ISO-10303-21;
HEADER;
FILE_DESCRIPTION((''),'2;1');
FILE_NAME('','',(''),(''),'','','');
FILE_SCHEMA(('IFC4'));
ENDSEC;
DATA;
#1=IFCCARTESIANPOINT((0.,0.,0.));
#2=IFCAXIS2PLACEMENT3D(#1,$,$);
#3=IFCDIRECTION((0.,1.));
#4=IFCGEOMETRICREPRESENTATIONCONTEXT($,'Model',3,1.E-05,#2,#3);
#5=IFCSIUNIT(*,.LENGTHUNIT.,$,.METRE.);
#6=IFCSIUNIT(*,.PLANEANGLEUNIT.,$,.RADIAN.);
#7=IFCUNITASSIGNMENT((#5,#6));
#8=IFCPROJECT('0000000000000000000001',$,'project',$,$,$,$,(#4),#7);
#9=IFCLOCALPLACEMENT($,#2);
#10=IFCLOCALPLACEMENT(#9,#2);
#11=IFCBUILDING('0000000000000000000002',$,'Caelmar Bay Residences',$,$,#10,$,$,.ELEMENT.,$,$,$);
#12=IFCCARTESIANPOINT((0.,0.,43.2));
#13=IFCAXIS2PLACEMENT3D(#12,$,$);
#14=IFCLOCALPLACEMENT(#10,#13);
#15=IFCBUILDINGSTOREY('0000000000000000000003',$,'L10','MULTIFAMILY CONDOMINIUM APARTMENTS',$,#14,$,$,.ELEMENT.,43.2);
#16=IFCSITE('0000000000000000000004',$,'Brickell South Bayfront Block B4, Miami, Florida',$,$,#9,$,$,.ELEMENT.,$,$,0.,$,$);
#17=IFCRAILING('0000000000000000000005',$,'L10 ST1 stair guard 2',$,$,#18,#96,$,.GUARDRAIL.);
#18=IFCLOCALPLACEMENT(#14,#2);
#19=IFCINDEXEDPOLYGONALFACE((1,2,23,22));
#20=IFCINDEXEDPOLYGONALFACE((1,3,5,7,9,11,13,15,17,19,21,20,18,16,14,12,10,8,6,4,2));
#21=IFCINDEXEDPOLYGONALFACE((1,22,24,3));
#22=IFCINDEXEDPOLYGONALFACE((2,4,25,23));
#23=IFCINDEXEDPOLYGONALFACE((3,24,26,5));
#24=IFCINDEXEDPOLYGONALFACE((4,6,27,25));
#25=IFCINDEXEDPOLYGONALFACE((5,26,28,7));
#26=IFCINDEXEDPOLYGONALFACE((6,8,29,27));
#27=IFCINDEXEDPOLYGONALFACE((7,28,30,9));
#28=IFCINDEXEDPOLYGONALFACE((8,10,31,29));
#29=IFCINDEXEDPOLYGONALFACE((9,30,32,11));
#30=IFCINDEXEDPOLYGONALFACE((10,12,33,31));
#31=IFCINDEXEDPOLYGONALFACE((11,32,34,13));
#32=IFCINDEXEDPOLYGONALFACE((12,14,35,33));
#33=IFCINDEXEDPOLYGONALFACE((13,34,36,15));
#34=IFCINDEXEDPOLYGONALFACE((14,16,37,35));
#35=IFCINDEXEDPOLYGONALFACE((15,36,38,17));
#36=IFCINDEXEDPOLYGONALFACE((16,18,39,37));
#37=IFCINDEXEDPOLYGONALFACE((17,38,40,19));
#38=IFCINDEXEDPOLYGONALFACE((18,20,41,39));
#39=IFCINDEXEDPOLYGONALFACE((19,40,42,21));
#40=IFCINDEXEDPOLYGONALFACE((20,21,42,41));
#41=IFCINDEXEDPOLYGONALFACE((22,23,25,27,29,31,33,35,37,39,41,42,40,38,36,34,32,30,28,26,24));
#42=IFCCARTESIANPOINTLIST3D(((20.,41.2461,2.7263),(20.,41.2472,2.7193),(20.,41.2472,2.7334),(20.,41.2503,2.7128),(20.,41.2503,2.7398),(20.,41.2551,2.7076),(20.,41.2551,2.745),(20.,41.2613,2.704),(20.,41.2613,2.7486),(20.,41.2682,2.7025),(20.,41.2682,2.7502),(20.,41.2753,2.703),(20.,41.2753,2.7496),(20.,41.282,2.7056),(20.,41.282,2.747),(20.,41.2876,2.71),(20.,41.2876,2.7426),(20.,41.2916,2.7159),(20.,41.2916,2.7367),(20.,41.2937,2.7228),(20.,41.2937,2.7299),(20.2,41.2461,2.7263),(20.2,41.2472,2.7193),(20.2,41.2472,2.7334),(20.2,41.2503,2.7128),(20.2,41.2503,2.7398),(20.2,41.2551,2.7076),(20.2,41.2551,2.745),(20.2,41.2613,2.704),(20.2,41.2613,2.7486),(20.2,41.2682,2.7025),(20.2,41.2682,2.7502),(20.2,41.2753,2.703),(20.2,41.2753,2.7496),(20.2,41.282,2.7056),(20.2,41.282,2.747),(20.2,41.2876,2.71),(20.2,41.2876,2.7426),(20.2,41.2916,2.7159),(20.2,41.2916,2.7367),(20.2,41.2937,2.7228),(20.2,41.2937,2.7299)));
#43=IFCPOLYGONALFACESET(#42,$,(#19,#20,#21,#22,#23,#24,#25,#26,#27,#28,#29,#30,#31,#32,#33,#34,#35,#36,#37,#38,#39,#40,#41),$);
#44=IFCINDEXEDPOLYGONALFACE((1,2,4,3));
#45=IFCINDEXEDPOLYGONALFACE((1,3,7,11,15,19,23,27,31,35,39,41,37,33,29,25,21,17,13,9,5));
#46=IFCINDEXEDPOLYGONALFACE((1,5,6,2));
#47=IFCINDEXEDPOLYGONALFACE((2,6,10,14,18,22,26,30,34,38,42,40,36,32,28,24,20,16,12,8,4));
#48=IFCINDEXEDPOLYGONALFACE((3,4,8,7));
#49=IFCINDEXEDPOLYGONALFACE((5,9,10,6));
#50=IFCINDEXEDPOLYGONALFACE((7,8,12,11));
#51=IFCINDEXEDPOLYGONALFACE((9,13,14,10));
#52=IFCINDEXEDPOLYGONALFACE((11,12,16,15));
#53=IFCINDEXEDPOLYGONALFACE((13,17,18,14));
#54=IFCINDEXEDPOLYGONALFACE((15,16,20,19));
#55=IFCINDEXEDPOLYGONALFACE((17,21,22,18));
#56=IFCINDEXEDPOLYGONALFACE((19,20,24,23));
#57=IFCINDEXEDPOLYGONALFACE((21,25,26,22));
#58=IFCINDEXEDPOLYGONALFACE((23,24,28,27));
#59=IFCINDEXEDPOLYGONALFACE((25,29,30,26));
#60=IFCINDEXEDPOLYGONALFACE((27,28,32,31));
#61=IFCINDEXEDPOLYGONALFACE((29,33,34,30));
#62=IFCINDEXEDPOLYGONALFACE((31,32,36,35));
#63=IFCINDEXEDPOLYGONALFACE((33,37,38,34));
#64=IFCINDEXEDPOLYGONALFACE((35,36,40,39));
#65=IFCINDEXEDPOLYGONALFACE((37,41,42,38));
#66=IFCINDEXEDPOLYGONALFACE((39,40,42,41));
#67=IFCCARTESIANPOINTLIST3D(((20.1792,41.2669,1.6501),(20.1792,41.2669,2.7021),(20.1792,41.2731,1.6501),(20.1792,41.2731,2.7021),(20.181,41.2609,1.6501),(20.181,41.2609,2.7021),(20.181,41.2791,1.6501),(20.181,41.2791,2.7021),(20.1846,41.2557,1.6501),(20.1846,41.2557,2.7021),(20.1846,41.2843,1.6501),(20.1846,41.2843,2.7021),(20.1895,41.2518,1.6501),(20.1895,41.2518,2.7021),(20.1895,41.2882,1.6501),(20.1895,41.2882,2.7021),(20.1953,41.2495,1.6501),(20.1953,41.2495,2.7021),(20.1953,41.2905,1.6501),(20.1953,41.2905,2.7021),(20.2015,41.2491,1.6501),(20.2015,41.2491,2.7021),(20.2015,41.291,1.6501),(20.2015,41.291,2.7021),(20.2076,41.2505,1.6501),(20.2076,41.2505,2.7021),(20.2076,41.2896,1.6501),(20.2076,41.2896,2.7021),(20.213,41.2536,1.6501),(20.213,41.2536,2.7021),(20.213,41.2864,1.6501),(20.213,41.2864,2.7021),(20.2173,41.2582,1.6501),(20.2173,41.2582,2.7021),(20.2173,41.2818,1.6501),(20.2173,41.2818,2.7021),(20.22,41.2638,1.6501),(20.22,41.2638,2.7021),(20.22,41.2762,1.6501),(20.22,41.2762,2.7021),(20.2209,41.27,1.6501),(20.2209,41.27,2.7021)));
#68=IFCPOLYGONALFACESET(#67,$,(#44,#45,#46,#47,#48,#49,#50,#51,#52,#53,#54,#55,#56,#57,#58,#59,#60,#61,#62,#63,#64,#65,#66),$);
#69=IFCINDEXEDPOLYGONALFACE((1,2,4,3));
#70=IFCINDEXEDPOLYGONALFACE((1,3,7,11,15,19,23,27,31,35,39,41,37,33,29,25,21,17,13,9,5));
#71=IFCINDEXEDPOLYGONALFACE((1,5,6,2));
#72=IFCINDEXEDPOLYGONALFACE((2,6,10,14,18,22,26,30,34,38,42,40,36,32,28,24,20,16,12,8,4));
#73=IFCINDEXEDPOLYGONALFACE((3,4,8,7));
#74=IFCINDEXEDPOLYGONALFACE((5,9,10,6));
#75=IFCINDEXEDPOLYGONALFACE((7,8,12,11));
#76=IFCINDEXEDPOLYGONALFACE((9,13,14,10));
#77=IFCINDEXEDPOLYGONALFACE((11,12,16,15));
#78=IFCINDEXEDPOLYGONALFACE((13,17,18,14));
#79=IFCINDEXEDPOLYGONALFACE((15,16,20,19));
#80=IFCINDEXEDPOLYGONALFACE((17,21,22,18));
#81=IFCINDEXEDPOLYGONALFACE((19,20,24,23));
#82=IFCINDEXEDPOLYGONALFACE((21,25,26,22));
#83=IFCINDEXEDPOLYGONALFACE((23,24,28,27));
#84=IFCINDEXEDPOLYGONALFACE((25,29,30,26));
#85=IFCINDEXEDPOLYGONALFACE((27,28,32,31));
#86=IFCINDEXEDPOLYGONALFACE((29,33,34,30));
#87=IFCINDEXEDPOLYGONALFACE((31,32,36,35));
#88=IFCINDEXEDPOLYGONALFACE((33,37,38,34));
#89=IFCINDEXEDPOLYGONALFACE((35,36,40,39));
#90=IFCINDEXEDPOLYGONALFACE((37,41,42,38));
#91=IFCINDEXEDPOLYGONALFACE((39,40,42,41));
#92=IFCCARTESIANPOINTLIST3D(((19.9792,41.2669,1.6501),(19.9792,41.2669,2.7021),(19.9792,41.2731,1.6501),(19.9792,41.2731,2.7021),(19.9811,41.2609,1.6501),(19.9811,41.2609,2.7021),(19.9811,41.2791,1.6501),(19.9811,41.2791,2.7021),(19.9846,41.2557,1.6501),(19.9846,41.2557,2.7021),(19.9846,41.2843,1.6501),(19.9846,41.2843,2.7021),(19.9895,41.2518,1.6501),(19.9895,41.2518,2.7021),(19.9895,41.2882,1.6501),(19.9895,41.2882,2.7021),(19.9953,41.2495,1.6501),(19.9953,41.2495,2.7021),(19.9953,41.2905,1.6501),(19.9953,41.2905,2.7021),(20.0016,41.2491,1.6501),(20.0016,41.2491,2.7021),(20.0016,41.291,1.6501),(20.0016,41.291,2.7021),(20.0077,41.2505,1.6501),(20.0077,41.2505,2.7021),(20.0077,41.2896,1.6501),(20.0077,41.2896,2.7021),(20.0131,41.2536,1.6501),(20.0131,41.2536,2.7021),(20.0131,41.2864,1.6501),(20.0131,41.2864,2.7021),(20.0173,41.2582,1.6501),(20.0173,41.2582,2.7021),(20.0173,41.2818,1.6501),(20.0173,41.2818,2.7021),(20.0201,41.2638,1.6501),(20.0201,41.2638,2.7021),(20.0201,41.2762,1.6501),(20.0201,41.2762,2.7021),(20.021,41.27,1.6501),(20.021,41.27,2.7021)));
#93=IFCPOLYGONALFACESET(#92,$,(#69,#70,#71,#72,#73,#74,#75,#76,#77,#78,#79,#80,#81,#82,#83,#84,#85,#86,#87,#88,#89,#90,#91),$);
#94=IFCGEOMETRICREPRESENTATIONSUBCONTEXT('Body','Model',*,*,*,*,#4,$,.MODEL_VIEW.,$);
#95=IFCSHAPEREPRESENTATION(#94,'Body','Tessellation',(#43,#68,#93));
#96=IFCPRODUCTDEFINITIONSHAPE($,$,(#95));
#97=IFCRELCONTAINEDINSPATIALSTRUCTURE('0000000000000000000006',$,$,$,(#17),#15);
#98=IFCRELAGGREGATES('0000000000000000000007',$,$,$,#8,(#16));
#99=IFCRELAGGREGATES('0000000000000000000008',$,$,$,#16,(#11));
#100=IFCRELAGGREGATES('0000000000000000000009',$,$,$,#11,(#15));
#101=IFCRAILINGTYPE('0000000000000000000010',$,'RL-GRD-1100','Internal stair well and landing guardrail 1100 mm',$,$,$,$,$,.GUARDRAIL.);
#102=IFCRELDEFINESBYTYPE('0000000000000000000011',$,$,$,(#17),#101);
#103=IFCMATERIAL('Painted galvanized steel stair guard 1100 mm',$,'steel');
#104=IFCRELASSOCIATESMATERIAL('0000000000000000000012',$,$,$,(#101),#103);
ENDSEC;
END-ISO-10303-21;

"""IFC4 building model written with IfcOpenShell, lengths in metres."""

from ifc_helpers import new_model, si_unit, direction, frame, origin, origin_2d, place, context, subcontext, project, spatial, circle, extrude, material, type_object, element, save


model = new_model("IFC4")

# Units and contexts
model_context = context("Model", 3, precision=1e-05, world=origin(), true_north=direction((0.0, 1.0)))
body_context = subcontext(model_context, "Body", "Model", "MODEL_VIEW")
ifc_project = project(units=[si_unit("LENGTHUNIT", "METRE"), si_unit("PLANEANGLEUNIT", "RADIAN")], contexts=[model_context])

# Site, building, storey
site_placement = place(None, origin())
site = spatial("IfcSite", under=ifc_project, at=site_placement, Name="Brickell South Bayfront Block B4, Miami, Florida", CompositionType="ELEMENT", RefElevation=0.0)
building_placement = place(site_placement, origin())
building = spatial("IfcBuilding", under=site, at=building_placement, Name="Caelmar Bay Residences", CompositionType="ELEMENT")
storey_placement = place(building_placement, frame((0.0, 0.0, 43.2)))
storey = spatial("IfcBuildingStorey", under=building, at=storey_placement, Name="L10", Description="MULTIFAMILY CONDOMINIUM APARTMENTS", CompositionType="ELEMENT", Elevation=43.2)

# Railing
ifc_material_1 = material(Name="Painted galvanized steel stair guard 1100 mm", Category="steel")
railing_type_1 = type_object("IfcRailingType", Name="RL-GRD-1100", Description="Internal stair well and landing guardrail 1100 mm", PredefinedType="GUARDRAIL", material=ifc_material_1)
railing_1_placement = place(storey_placement, frame((20.2, 41.27, 1.6501)))
element("IfcRailing", 1, at=railing_1_placement, inside=storey, type_object=railing_type_1, Name="L10 ST1 stair guard 2", PredefinedType="GUARDRAIL", context=body_context, shape_type="SweptSolid", body=[
    extrude(circle(Radius=0.0239, at=origin_2d()), frame((0.0, 0.0, 1.0762), z_axis=(-1.0, 0.0, 0.0), x_axis=(0.0, -1.0, 0.0)), (0.0, 0.0, 1.0), 0.2),
    extrude(circle(Radius=0.021, at=origin_2d()), origin(), (0.0, 0.0, 1.0), 1.052),
    extrude(circle(Radius=0.021, at=origin_2d()), frame((-0.2, 0.0, 0.0)), (0.0, 0.0, 1.0), 1.052),
])

save(model, "model.ifc")
